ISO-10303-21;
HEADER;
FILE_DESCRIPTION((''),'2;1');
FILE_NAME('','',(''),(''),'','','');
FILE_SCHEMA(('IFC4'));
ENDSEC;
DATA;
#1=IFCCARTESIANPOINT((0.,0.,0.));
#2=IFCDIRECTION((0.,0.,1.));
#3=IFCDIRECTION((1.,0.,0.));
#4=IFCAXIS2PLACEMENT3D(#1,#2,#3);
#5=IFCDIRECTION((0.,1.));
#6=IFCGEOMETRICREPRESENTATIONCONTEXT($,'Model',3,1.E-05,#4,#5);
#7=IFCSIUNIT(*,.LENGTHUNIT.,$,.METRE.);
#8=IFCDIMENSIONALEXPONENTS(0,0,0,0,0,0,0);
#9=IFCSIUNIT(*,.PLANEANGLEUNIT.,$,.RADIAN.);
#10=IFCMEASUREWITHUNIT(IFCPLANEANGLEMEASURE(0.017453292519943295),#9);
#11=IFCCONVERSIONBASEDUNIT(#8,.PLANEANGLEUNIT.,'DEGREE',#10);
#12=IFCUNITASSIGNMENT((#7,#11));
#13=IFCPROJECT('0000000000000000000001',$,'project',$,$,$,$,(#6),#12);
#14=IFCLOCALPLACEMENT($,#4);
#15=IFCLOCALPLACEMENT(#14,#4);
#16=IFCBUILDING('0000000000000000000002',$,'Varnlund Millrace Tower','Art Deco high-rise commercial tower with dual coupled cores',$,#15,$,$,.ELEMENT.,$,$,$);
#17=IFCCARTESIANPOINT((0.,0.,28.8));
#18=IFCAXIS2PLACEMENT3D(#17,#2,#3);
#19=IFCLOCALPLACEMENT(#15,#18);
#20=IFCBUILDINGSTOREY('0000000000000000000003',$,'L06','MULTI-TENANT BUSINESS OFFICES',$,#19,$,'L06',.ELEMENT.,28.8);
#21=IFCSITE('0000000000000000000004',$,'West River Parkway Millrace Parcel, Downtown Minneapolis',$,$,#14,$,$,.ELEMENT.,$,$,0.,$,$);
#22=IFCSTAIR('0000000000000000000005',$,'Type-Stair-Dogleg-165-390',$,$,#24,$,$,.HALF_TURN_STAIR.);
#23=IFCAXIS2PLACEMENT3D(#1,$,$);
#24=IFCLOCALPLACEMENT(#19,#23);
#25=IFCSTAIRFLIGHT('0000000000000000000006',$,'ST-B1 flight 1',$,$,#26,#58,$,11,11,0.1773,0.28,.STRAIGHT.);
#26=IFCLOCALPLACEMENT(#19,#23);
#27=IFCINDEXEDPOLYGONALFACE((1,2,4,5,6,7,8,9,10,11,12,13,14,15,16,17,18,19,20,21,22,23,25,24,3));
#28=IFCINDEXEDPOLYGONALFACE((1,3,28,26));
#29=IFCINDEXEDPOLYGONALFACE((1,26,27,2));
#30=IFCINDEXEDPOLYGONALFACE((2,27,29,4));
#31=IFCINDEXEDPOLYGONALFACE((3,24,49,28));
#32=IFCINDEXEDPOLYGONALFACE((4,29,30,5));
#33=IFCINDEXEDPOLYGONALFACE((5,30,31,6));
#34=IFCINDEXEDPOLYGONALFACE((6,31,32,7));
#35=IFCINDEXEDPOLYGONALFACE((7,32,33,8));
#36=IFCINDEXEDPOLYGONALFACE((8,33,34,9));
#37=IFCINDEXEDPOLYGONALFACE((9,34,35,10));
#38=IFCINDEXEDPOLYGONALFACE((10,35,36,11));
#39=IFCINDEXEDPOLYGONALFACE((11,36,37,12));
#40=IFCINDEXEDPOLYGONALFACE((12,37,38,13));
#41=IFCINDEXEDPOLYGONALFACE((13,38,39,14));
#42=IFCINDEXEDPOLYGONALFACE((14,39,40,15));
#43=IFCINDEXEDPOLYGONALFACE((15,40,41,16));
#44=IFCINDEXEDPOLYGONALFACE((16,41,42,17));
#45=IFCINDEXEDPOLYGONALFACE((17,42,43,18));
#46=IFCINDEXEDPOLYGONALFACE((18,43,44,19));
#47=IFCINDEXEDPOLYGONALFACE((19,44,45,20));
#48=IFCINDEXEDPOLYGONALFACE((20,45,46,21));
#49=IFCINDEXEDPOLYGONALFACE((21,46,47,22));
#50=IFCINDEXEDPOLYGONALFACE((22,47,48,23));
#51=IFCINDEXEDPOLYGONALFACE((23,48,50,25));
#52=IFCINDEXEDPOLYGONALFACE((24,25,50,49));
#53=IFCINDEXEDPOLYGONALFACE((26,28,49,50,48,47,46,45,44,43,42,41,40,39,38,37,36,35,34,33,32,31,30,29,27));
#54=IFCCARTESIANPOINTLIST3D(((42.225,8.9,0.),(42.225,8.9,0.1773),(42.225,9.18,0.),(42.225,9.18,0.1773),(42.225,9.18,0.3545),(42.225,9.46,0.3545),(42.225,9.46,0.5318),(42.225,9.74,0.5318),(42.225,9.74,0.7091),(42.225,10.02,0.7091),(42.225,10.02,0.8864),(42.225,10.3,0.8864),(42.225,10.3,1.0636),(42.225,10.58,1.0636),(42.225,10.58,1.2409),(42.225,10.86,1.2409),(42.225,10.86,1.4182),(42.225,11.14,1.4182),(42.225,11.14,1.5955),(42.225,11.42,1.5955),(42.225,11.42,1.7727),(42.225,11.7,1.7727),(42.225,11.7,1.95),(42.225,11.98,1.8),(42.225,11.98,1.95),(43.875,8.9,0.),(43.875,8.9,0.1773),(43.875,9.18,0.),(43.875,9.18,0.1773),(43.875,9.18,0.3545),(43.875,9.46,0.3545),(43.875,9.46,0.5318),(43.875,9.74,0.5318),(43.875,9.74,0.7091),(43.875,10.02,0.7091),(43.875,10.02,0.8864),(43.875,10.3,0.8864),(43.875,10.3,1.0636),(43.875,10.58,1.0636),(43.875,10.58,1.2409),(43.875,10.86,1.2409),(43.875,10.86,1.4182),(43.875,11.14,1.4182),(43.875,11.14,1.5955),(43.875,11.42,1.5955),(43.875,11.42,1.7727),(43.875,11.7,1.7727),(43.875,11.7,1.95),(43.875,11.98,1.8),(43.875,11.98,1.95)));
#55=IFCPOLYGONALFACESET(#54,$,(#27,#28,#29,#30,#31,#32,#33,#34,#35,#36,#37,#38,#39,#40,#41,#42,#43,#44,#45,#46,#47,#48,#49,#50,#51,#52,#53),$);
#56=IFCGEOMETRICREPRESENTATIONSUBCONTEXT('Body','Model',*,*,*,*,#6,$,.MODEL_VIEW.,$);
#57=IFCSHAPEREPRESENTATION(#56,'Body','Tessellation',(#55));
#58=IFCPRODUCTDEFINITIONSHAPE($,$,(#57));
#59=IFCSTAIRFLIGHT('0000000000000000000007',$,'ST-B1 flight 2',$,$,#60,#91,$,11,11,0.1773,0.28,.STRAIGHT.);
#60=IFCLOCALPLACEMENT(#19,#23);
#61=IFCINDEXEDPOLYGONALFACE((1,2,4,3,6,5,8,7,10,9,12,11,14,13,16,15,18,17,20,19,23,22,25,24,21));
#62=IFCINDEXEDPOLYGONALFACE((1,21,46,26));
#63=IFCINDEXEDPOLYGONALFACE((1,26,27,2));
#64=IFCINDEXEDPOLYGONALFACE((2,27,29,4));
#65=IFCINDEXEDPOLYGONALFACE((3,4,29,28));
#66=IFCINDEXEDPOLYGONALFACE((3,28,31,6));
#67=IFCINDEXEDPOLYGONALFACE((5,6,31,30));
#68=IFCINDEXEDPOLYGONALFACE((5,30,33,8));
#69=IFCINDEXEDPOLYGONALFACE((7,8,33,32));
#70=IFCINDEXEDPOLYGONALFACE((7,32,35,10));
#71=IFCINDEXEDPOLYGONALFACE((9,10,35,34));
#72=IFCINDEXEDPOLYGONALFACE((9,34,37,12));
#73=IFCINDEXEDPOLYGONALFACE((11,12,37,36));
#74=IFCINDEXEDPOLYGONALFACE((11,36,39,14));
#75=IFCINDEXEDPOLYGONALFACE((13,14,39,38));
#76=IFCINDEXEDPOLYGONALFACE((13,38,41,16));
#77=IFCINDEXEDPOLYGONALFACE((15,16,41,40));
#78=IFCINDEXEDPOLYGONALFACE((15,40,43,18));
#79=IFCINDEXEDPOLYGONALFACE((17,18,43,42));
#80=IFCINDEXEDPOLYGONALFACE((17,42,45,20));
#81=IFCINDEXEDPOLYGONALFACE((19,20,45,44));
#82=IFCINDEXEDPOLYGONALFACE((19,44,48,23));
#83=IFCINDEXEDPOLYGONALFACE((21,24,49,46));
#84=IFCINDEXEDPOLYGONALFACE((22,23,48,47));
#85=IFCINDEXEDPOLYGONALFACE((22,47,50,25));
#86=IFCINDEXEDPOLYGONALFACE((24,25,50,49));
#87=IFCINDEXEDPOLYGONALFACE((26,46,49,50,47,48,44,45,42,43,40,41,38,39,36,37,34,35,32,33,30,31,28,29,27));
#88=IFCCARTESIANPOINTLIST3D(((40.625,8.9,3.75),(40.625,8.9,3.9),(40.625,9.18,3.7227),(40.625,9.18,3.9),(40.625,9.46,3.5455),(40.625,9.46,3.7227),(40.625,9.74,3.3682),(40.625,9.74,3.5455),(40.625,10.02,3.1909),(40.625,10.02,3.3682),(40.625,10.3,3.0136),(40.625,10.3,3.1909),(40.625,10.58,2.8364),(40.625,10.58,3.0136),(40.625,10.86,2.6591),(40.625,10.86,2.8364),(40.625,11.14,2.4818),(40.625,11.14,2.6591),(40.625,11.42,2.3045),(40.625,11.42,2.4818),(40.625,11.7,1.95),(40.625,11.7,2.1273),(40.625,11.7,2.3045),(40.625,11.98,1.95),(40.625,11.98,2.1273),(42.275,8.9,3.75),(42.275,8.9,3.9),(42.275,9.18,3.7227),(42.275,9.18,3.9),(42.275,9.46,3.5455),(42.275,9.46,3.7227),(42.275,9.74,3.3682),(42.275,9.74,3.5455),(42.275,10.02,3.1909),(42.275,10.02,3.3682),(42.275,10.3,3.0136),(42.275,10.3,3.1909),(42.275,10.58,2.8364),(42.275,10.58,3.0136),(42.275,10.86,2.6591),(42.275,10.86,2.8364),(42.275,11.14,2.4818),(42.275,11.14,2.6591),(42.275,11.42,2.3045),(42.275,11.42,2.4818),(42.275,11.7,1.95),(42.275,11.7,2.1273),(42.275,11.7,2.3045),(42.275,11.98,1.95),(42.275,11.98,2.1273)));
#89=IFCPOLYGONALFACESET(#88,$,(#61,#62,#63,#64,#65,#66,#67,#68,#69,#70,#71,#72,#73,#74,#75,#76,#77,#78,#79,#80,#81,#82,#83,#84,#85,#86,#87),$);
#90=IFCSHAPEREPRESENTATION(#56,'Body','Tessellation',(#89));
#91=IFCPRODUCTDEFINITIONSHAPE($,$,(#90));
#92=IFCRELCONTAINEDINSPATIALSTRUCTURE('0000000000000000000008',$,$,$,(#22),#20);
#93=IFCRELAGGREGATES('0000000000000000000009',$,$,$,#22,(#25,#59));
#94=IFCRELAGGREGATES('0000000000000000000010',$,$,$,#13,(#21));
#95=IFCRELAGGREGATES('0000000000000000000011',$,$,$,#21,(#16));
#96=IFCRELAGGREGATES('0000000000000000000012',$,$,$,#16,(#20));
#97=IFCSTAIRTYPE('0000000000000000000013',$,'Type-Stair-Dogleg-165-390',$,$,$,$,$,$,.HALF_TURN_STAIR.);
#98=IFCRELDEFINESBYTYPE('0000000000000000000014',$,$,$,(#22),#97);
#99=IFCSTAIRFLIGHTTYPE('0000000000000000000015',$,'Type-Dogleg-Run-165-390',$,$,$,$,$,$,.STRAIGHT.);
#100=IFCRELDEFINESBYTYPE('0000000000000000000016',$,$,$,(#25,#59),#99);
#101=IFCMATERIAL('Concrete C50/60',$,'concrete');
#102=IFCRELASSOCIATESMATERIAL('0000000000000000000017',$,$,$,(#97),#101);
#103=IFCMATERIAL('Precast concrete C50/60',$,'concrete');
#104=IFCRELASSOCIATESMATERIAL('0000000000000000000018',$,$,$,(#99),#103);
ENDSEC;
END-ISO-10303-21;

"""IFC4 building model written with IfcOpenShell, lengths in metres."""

from ifc_helpers import new_model, entity, si_unit, converted_unit, direction, frame, origin_with_axes, place, context, subcontext, project, spatial, polyline, outline, extrude, material, type_object, element, aggregate, save


model = new_model("IFC4")

# Units and contexts
model_context = context("Model", 3, precision=1e-05, world=origin_with_axes(), true_north=direction((0.0, 1.0)))
body_context = subcontext(model_context, "Body", "Model", "MODEL_VIEW")
ifc_project = project(units=[si_unit("LENGTHUNIT", "METRE"), converted_unit("PLANEANGLEUNIT", "DEGREE", entity("IfcPlaneAngleMeasure", 0.017453292519943295), si_unit("PLANEANGLEUNIT", "RADIAN"), dimensions=[0, 0, 0, 0, 0, 0, 0])], contexts=[model_context])

# Site, building, storey
site_placement = place(None, origin_with_axes())
site = spatial("IfcSite", under=ifc_project, at=site_placement, Name="West River Parkway Millrace Parcel, Downtown Minneapolis", CompositionType="ELEMENT", RefElevation=0.0)
building_placement = place(site_placement, origin_with_axes())
building = spatial("IfcBuilding", under=site, at=building_placement, Name="Varnlund Millrace Tower", Description="Art Deco high-rise commercial tower with dual coupled cores", CompositionType="ELEMENT")
storey_placement = place(building_placement, frame((0.0, 0.0, 28.8), z_axis=(0.0, 0.0, 1.0), x_axis=(1.0, 0.0, 0.0)))
storey = spatial("IfcBuildingStorey", under=building, at=storey_placement, Name="L06", Description="MULTI-TENANT BUSINESS OFFICES", LongName="L06", CompositionType="ELEMENT", Elevation=28.8)

# Stair, stair flights
ifc_material_1 = material(Name="Concrete C50/60", Category="concrete")
stair_type = type_object("IfcStairType", Name="Type-Stair-Dogleg-165-390", PredefinedType="HALF_TURN_STAIR", material=ifc_material_1)
stair_placement = place(storey_placement, origin_with_axes())
stair = element("IfcStair", 1, at=stair_placement, inside=storey, type_object=stair_type, Name="Type-Stair-Dogleg-165-390", PredefinedType="HALF_TURN_STAIR")
ifc_material_2 = material(Name="Precast concrete C50/60", Category="concrete")
stair_flight_type = type_object("IfcStairFlightType", Name="Type-Dogleg-Run-165-390", PredefinedType="STRAIGHT", material=ifc_material_2)
stair_flight_1_placement = place(storey_placement, frame((42.225, 8.9, 0.0), z_axis=(1.0, 0.0, 0.0), x_axis=(0.0, 1.0, 0.0)))
stair_flight_1 = element("IfcStairFlight", 2, at=stair_flight_1_placement, type_object=stair_flight_type, Name="ST-B1 flight 1", NumberOfRisers=11, NumberOfTreads=11, PredefinedType="STRAIGHT", RiserHeight=0.1773, TreadLength=0.28, context=body_context, shape_type="SweptSolid", body=[
    extrude(outline(polyline([(0.0, 0.0), (0.0, 0.1773), (0.28, 0.1773), (0.28, 0.3545), (0.56, 0.3545), (0.56, 0.5318), (0.84, 0.5318), (0.84, 0.7091), (1.12, 0.7091), (1.12, 0.8864), (1.4, 0.8864), (1.4, 1.0636), (1.68, 1.0636), (1.68, 1.2409), (1.96, 1.2409), (1.96, 1.4182), (2.24, 1.4182), (2.24, 1.5955), (2.52, 1.5955), (2.52, 1.7727), (2.8, 1.7727), (2.8, 1.95), (3.08, 1.95), (3.08, 1.8), (0.28, 0.0), (0.0, 0.0)])), origin_with_axes(), (0.0, 0.0, 1.0), 1.65),
])
stair_flight_2_placement = place(storey_placement, frame((42.275, 11.98, 1.95), z_axis=(-1.0, 0.0, 0.0), x_axis=(0.0, -1.0, 0.0)))
stair_flight_2 = element("IfcStairFlight", 3, at=stair_flight_2_placement, type_object=stair_flight_type, Name="ST-B1 flight 2", NumberOfRisers=11, NumberOfTreads=11, PredefinedType="STRAIGHT", RiserHeight=0.1773, TreadLength=0.28, context=body_context, shape_type="SweptSolid", body=[
    extrude(outline(polyline([(0.0, 0.0), (0.0, 0.1773), (0.28, 0.1773), (0.28, 0.3545), (0.56, 0.3545), (0.56, 0.5318), (0.84, 0.5318), (0.84, 0.7091), (1.12, 0.7091), (1.12, 0.8864), (1.4, 0.8864), (1.4, 1.0636), (1.68, 1.0636), (1.68, 1.2409), (1.96, 1.2409), (1.96, 1.4182), (2.24, 1.4182), (2.24, 1.5955), (2.52, 1.5955), (2.52, 1.7727), (2.8, 1.7727), (2.8, 1.95), (3.08, 1.95), (3.08, 1.8), (0.28, 0.0), (0.0, 0.0)])), origin_with_axes(), (0.0, 0.0, 1.0), 1.65),
])
aggregate(stair, [stair_flight_1, stair_flight_2])

save(model, "model.ifc")
